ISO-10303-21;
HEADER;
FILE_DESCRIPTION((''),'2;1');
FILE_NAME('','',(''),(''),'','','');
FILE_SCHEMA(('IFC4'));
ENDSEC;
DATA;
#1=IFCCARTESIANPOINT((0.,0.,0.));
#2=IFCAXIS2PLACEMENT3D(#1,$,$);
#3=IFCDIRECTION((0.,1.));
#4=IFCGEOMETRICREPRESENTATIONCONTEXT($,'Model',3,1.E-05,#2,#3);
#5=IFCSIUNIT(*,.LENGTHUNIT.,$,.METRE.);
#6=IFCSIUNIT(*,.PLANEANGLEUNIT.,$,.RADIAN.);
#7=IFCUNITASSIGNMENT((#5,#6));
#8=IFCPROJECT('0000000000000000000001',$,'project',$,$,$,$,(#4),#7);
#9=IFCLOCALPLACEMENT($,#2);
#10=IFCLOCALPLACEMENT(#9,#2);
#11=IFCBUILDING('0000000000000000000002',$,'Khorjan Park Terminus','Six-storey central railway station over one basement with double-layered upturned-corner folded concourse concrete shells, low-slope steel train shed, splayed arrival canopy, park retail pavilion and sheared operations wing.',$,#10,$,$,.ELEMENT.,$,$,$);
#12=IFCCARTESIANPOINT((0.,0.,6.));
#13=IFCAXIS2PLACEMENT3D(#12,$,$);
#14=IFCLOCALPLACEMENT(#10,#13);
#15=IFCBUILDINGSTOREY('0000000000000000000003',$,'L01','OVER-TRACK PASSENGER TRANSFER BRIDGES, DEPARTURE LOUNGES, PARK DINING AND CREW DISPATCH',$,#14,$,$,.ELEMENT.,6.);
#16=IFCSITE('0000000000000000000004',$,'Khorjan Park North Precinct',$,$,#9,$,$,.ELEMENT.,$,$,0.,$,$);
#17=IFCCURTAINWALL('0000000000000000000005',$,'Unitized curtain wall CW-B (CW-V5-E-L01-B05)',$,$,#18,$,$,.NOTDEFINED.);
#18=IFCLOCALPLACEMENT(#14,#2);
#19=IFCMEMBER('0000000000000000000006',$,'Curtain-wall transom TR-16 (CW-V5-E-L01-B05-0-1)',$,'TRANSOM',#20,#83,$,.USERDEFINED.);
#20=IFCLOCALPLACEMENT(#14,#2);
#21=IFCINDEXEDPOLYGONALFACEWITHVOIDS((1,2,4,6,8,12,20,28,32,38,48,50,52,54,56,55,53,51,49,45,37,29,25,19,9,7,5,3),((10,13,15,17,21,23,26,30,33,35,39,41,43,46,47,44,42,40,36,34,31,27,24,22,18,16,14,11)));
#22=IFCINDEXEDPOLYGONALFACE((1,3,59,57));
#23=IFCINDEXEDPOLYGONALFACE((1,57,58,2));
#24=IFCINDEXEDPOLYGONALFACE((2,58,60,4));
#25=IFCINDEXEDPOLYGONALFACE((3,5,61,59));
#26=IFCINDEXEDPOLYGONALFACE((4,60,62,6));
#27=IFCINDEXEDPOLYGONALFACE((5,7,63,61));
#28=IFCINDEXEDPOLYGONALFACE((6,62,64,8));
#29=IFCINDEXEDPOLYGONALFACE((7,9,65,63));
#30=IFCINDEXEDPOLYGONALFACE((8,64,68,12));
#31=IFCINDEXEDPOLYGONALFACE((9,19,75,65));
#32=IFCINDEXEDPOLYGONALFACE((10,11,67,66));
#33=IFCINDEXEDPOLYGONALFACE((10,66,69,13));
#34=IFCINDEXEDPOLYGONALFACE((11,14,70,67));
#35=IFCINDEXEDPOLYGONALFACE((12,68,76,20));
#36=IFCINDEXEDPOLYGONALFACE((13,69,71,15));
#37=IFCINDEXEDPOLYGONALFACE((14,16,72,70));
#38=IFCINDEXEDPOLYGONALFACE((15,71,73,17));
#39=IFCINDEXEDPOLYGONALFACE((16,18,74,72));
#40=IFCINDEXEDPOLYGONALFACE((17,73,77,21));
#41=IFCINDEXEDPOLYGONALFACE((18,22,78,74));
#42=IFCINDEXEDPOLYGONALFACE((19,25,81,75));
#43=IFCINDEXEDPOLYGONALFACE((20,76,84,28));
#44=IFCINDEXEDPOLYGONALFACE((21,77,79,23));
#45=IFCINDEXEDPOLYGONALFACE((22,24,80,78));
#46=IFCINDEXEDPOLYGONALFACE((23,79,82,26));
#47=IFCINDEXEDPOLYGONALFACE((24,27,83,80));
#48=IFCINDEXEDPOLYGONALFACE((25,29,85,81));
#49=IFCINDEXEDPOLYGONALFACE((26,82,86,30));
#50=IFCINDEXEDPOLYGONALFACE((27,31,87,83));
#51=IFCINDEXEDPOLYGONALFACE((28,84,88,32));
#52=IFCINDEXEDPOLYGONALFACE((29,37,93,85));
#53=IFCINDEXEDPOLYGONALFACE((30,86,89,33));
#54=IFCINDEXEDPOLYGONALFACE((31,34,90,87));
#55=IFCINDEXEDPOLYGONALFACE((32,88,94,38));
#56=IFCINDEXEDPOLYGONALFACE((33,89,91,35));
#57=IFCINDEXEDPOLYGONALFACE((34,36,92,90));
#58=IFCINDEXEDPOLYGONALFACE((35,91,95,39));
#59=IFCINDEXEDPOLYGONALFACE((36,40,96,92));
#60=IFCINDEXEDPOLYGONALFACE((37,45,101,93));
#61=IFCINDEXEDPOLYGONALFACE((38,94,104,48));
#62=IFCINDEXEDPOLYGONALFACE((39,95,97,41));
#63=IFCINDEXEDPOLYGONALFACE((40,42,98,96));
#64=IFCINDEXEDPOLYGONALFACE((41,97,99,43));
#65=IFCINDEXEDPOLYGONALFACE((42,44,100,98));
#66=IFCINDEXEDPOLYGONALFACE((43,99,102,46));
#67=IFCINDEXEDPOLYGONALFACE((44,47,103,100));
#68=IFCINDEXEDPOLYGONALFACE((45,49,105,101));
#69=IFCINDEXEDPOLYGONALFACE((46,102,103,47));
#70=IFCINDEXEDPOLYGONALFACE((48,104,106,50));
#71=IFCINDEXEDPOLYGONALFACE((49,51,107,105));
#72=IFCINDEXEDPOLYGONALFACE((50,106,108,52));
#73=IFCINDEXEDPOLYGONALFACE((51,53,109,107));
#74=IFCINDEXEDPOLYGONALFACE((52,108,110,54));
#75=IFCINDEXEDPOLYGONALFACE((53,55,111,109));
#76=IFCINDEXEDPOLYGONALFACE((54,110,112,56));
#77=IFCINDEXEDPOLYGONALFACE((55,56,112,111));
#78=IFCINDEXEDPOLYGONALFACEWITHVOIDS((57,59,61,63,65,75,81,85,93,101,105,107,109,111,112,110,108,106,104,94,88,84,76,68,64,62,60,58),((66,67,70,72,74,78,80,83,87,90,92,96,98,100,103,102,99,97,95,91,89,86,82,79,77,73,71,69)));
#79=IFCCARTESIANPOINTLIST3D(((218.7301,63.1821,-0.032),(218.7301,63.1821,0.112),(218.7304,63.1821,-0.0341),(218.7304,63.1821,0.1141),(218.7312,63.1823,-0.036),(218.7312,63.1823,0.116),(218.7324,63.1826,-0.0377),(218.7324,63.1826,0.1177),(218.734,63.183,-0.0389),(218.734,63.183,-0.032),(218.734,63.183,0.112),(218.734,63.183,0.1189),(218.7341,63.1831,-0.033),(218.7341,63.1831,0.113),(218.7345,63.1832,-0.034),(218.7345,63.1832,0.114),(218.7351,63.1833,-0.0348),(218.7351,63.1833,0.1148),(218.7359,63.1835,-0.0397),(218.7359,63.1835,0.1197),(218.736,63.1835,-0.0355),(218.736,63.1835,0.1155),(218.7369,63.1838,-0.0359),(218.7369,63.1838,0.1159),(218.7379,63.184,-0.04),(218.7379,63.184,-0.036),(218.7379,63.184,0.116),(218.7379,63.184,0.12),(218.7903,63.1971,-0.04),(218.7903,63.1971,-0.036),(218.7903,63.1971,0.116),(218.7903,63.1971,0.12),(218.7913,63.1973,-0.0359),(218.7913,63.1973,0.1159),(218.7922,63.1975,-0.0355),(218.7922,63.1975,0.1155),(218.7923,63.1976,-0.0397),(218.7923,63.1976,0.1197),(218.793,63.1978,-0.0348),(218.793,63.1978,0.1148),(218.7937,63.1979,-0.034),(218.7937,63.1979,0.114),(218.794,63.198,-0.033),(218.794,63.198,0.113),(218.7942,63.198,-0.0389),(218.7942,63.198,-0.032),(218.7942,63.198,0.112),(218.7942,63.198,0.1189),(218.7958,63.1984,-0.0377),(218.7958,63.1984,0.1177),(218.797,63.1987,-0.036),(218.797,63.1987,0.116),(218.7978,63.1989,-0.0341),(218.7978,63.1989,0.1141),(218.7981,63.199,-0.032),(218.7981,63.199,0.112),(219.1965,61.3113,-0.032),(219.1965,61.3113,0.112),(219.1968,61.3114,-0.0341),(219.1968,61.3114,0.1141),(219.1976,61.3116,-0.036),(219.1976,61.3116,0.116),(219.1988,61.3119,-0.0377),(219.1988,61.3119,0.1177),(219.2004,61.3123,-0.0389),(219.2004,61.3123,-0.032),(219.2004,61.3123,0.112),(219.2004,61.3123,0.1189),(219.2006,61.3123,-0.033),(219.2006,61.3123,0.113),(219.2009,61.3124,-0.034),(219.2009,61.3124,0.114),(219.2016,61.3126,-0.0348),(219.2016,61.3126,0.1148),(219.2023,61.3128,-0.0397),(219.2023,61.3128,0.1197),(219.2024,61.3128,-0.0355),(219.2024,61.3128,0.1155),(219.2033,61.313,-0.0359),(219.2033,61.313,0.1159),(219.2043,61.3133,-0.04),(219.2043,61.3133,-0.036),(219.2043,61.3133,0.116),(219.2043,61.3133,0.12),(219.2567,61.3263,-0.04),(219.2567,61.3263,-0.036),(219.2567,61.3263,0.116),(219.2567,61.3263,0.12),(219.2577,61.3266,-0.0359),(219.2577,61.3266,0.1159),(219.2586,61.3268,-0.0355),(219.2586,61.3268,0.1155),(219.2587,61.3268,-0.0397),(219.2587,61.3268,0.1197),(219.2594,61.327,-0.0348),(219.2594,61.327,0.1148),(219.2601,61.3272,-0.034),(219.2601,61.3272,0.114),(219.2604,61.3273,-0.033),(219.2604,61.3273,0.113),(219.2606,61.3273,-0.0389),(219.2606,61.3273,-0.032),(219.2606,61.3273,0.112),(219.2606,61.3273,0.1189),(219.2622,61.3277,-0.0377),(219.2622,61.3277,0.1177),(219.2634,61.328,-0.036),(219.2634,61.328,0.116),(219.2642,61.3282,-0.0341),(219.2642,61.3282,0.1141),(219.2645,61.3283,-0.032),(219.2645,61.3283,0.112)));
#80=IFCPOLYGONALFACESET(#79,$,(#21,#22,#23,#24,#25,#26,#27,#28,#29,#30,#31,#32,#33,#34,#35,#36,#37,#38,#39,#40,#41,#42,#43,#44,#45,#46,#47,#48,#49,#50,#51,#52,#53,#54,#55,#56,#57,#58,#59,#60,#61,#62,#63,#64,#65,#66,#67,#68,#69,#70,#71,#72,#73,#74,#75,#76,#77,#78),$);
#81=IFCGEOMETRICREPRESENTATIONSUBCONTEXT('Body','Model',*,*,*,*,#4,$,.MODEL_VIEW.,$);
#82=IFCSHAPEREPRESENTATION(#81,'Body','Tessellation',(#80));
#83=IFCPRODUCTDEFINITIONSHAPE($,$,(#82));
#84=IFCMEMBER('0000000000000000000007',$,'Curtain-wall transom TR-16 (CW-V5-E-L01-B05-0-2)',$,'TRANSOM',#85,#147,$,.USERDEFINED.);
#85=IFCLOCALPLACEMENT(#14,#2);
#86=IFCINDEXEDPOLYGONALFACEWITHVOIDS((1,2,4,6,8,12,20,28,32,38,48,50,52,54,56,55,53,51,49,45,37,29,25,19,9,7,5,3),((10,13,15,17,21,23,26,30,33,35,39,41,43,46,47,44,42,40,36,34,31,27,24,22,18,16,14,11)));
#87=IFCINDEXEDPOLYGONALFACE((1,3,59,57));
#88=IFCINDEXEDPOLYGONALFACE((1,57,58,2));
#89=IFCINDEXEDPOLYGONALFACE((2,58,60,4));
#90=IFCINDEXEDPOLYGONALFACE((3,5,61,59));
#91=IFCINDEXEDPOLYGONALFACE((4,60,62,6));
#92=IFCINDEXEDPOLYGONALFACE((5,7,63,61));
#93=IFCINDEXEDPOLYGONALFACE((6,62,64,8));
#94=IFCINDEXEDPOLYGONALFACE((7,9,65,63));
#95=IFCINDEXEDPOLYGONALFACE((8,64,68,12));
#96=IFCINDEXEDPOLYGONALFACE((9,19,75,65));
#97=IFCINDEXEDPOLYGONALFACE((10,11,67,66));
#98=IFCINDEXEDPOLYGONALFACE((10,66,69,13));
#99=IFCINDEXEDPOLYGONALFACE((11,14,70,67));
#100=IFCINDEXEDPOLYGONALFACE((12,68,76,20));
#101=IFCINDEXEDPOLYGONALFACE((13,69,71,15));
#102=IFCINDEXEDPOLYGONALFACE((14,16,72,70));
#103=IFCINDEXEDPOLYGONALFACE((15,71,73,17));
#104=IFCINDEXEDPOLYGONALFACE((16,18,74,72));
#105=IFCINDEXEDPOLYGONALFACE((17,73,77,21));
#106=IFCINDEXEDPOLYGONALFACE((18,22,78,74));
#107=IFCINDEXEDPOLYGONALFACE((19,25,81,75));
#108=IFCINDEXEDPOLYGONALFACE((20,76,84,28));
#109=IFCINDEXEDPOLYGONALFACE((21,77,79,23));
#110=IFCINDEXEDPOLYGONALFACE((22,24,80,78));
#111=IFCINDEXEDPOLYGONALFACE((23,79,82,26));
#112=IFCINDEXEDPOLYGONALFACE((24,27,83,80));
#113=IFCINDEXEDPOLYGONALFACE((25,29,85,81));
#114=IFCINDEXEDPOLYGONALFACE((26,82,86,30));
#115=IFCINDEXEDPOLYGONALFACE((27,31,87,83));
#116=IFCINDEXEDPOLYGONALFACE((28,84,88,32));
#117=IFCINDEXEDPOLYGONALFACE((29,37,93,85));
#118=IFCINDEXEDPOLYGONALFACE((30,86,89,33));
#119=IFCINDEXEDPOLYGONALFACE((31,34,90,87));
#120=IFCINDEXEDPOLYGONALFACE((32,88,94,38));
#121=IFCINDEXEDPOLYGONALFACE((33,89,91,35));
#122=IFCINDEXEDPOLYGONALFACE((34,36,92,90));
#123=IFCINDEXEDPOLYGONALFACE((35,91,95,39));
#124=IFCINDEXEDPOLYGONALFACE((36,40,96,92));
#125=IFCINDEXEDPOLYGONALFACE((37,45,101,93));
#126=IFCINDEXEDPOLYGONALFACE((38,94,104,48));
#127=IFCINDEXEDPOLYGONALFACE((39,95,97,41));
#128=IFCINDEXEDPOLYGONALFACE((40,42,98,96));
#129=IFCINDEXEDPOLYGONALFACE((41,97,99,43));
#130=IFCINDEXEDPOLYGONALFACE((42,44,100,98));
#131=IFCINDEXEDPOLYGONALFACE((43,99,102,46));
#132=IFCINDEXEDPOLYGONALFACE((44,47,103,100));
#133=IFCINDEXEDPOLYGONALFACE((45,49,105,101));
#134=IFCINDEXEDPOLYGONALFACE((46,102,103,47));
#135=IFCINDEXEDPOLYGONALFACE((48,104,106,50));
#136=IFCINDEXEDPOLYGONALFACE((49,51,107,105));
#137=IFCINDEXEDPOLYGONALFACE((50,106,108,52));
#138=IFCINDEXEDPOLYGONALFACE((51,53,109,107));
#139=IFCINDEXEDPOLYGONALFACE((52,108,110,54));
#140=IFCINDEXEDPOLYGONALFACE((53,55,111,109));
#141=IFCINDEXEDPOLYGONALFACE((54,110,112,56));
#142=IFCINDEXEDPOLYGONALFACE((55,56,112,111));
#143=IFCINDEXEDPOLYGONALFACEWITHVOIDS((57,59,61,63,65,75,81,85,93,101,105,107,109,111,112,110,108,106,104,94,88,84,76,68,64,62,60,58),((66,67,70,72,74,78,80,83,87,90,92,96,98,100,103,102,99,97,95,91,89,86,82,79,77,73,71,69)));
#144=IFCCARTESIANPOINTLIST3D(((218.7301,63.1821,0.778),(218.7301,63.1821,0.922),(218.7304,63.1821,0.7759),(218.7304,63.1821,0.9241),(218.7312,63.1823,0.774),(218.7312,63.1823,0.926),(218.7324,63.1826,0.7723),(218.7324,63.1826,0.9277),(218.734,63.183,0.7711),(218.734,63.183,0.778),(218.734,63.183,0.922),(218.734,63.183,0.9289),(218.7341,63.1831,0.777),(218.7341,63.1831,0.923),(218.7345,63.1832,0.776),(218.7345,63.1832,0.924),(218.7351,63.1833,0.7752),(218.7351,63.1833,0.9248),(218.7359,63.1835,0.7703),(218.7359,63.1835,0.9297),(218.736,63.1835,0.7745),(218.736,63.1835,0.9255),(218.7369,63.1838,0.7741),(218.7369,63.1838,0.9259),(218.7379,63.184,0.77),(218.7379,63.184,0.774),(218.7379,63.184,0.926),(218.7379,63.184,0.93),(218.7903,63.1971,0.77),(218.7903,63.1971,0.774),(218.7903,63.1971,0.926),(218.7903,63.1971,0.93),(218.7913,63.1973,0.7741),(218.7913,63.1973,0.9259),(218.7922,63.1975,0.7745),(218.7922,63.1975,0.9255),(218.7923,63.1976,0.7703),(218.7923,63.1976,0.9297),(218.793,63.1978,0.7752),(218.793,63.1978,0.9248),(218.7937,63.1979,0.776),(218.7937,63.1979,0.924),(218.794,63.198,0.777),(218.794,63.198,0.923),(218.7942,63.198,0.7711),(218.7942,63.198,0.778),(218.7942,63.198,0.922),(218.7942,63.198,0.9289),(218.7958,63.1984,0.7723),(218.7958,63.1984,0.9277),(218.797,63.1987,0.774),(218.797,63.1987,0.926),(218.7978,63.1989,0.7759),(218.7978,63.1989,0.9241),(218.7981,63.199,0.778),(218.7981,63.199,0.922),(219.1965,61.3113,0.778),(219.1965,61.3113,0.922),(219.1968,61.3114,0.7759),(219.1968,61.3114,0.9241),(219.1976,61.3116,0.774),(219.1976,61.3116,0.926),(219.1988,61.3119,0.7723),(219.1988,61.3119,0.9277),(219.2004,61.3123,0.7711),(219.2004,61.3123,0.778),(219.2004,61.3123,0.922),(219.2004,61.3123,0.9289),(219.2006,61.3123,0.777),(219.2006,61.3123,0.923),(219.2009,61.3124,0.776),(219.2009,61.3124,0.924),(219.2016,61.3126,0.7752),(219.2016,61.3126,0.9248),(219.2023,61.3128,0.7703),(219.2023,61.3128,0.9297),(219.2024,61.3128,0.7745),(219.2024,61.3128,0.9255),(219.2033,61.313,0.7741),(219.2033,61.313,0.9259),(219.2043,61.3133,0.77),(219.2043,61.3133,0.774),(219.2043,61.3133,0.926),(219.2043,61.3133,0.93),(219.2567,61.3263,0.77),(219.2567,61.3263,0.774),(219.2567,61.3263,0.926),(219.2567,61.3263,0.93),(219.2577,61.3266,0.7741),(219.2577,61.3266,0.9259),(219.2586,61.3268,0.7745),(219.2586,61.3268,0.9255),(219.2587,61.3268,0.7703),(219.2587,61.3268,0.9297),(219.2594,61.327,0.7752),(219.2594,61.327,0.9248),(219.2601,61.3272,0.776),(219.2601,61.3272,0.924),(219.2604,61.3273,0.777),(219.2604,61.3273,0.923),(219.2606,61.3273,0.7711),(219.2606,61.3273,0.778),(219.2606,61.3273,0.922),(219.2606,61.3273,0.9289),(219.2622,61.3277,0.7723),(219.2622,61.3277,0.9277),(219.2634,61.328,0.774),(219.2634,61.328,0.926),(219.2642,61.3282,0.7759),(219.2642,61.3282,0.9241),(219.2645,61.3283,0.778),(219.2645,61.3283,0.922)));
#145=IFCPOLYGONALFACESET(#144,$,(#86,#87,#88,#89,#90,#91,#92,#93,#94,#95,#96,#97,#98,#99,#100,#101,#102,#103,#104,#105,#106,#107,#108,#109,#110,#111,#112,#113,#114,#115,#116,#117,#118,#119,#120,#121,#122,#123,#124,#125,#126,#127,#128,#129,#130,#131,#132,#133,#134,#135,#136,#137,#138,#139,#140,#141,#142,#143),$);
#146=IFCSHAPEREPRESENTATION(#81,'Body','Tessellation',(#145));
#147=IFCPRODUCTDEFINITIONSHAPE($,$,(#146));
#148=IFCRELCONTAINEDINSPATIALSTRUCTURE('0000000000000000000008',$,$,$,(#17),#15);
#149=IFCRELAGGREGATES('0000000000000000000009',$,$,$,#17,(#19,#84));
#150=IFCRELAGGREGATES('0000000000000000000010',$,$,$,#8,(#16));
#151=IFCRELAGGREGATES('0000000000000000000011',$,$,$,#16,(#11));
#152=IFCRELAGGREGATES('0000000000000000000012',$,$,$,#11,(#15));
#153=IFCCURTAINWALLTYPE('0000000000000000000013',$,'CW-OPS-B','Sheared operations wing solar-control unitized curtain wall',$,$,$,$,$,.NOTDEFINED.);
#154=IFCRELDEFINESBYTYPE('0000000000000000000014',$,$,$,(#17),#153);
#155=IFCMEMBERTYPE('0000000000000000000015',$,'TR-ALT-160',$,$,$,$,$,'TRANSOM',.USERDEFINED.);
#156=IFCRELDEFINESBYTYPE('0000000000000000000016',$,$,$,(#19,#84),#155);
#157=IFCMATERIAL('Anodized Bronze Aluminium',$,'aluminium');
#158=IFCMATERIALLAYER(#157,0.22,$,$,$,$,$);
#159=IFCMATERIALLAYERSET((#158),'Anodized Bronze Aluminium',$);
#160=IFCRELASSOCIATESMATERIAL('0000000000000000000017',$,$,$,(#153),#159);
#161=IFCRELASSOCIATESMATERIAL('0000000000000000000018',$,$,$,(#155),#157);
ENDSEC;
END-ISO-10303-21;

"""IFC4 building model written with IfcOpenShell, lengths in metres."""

from ifc_helpers import new_model, si_unit, direction, frame, origin, origin_2d, place, context, subcontext, project, spatial, hollow_rectangle, extrude, material, layer, layer_set, material_profile, profile_set, type_object, element, aggregate, save


model = new_model("IFC4")

# Units and contexts
model_context = context("Model", 3, precision=1e-05, world=origin(), true_north=direction((0.0, 1.0)))
body_context = subcontext(model_context, "Body", "Model", "MODEL_VIEW")
ifc_project = project(units=[si_unit("LENGTHUNIT", "METRE"), si_unit("PLANEANGLEUNIT", "RADIAN")], contexts=[model_context])

# Site, building, storey
site_placement = place(None, origin())
site = spatial("IfcSite", under=ifc_project, at=site_placement, Name="Khorjan Park North Precinct", CompositionType="ELEMENT", RefElevation=0.0)
building_placement = place(site_placement, origin())
building = spatial("IfcBuilding", under=site, at=building_placement, Name="Khorjan Park Terminus", Description="Six-storey central railway station over one basement with double-layered upturned-corner folded concourse concrete shells, low-slope steel train shed, splayed arrival canopy, park retail pavilion and sheared operations wing.", CompositionType="ELEMENT")
storey_placement = place(building_placement, frame((0.0, 0.0, 6.0)))
storey = spatial("IfcBuildingStorey", under=building, at=storey_placement, Name="L01", Description="OVER-TRACK PASSENGER TRANSFER BRIDGES, DEPARTURE LOUNGES, PARK DINING AND CREW DISPATCH", CompositionType="ELEMENT", Elevation=6.0)

# Curtain wall, members
ifc_material_1 = material(Name="Anodized Bronze Aluminium", Category="aluminium")
ifc_layer_1 = layer(ifc_material_1, 0.22)
ifc_layer_set_1 = layer_set([ifc_layer_1], Name="Anodized Bronze Aluminium")
curtain_wall_type = type_object("IfcCurtainWallType", Name="CW-OPS-B", Description="Sheared operations wing solar-control unitized curtain wall", PredefinedType="NOTDEFINED", material=ifc_layer_set_1)
curtain_wall_placement = place(storey_placement, origin())
curtain_wall = element("IfcCurtainWall", 1, at=curtain_wall_placement, inside=storey, type_object=curtain_wall_type, Name="Unitized curtain wall CW-B (CW-V5-E-L01-B05)", PredefinedType="NOTDEFINED")
ifc_material_profile_1 = material_profile(ifc_material_1, hollow_rectangle(XDim=0.07, YDim=0.16, WallThickness=0.004, InnerFilletRadius=0.004, OuterFilletRadius=0.008, at=origin_2d()), Name="ALT 70x160x4")
ifc_profile_set_1 = profile_set([ifc_material_profile_1], Name="Anodized Bronze Aluminium")
member_type_1 = type_object("IfcMemberType", Name="TR-ALT-160", ElementType="TRANSOM", PredefinedType="USERDEFINED", material=ifc_profile_set_1)
member_1_placement = place(storey_placement, frame((219.2305, 61.3198, 0.04), z_axis=(-0.241913, 0.970298, 0.0), x_axis=(-0.970298, -0.241913, 0.0)))
member_1 = element("IfcMember", 2, at=member_1_placement, type_object=member_type_1, Name="Curtain-wall transom TR-16 (CW-V5-E-L01-B05-0-1)", ObjectType="TRANSOM", PredefinedType="USERDEFINED", context=body_context, shape_type="SweptSolid", body=[
    extrude(hollow_rectangle(XDim=0.07, YDim=0.16, WallThickness=0.004, InnerFilletRadius=0.004, OuterFilletRadius=0.008, at=origin_2d()), origin(), (0.0, 0.0, 1.0), 1.928),
])
member_2_placement = place(storey_placement, frame((219.2305, 61.3198, 0.85), z_axis=(-0.241913, 0.970298, 0.0), x_axis=(-0.970298, -0.241913, 0.0)))
member_2 = element("IfcMember", 3, at=member_2_placement, type_object=member_type_1, Name="Curtain-wall transom TR-16 (CW-V5-E-L01-B05-0-2)", ObjectType="TRANSOM", PredefinedType="USERDEFINED", context=body_context, shape_type="SweptSolid", body=[
    extrude(hollow_rectangle(XDim=0.07, YDim=0.16, WallThickness=0.004, InnerFilletRadius=0.004, OuterFilletRadius=0.008, at=origin_2d()), origin(), (0.0, 0.0, 1.0), 1.928),
])
aggregate(curtain_wall, [member_1, member_2])

save(model, "model.ifc")
